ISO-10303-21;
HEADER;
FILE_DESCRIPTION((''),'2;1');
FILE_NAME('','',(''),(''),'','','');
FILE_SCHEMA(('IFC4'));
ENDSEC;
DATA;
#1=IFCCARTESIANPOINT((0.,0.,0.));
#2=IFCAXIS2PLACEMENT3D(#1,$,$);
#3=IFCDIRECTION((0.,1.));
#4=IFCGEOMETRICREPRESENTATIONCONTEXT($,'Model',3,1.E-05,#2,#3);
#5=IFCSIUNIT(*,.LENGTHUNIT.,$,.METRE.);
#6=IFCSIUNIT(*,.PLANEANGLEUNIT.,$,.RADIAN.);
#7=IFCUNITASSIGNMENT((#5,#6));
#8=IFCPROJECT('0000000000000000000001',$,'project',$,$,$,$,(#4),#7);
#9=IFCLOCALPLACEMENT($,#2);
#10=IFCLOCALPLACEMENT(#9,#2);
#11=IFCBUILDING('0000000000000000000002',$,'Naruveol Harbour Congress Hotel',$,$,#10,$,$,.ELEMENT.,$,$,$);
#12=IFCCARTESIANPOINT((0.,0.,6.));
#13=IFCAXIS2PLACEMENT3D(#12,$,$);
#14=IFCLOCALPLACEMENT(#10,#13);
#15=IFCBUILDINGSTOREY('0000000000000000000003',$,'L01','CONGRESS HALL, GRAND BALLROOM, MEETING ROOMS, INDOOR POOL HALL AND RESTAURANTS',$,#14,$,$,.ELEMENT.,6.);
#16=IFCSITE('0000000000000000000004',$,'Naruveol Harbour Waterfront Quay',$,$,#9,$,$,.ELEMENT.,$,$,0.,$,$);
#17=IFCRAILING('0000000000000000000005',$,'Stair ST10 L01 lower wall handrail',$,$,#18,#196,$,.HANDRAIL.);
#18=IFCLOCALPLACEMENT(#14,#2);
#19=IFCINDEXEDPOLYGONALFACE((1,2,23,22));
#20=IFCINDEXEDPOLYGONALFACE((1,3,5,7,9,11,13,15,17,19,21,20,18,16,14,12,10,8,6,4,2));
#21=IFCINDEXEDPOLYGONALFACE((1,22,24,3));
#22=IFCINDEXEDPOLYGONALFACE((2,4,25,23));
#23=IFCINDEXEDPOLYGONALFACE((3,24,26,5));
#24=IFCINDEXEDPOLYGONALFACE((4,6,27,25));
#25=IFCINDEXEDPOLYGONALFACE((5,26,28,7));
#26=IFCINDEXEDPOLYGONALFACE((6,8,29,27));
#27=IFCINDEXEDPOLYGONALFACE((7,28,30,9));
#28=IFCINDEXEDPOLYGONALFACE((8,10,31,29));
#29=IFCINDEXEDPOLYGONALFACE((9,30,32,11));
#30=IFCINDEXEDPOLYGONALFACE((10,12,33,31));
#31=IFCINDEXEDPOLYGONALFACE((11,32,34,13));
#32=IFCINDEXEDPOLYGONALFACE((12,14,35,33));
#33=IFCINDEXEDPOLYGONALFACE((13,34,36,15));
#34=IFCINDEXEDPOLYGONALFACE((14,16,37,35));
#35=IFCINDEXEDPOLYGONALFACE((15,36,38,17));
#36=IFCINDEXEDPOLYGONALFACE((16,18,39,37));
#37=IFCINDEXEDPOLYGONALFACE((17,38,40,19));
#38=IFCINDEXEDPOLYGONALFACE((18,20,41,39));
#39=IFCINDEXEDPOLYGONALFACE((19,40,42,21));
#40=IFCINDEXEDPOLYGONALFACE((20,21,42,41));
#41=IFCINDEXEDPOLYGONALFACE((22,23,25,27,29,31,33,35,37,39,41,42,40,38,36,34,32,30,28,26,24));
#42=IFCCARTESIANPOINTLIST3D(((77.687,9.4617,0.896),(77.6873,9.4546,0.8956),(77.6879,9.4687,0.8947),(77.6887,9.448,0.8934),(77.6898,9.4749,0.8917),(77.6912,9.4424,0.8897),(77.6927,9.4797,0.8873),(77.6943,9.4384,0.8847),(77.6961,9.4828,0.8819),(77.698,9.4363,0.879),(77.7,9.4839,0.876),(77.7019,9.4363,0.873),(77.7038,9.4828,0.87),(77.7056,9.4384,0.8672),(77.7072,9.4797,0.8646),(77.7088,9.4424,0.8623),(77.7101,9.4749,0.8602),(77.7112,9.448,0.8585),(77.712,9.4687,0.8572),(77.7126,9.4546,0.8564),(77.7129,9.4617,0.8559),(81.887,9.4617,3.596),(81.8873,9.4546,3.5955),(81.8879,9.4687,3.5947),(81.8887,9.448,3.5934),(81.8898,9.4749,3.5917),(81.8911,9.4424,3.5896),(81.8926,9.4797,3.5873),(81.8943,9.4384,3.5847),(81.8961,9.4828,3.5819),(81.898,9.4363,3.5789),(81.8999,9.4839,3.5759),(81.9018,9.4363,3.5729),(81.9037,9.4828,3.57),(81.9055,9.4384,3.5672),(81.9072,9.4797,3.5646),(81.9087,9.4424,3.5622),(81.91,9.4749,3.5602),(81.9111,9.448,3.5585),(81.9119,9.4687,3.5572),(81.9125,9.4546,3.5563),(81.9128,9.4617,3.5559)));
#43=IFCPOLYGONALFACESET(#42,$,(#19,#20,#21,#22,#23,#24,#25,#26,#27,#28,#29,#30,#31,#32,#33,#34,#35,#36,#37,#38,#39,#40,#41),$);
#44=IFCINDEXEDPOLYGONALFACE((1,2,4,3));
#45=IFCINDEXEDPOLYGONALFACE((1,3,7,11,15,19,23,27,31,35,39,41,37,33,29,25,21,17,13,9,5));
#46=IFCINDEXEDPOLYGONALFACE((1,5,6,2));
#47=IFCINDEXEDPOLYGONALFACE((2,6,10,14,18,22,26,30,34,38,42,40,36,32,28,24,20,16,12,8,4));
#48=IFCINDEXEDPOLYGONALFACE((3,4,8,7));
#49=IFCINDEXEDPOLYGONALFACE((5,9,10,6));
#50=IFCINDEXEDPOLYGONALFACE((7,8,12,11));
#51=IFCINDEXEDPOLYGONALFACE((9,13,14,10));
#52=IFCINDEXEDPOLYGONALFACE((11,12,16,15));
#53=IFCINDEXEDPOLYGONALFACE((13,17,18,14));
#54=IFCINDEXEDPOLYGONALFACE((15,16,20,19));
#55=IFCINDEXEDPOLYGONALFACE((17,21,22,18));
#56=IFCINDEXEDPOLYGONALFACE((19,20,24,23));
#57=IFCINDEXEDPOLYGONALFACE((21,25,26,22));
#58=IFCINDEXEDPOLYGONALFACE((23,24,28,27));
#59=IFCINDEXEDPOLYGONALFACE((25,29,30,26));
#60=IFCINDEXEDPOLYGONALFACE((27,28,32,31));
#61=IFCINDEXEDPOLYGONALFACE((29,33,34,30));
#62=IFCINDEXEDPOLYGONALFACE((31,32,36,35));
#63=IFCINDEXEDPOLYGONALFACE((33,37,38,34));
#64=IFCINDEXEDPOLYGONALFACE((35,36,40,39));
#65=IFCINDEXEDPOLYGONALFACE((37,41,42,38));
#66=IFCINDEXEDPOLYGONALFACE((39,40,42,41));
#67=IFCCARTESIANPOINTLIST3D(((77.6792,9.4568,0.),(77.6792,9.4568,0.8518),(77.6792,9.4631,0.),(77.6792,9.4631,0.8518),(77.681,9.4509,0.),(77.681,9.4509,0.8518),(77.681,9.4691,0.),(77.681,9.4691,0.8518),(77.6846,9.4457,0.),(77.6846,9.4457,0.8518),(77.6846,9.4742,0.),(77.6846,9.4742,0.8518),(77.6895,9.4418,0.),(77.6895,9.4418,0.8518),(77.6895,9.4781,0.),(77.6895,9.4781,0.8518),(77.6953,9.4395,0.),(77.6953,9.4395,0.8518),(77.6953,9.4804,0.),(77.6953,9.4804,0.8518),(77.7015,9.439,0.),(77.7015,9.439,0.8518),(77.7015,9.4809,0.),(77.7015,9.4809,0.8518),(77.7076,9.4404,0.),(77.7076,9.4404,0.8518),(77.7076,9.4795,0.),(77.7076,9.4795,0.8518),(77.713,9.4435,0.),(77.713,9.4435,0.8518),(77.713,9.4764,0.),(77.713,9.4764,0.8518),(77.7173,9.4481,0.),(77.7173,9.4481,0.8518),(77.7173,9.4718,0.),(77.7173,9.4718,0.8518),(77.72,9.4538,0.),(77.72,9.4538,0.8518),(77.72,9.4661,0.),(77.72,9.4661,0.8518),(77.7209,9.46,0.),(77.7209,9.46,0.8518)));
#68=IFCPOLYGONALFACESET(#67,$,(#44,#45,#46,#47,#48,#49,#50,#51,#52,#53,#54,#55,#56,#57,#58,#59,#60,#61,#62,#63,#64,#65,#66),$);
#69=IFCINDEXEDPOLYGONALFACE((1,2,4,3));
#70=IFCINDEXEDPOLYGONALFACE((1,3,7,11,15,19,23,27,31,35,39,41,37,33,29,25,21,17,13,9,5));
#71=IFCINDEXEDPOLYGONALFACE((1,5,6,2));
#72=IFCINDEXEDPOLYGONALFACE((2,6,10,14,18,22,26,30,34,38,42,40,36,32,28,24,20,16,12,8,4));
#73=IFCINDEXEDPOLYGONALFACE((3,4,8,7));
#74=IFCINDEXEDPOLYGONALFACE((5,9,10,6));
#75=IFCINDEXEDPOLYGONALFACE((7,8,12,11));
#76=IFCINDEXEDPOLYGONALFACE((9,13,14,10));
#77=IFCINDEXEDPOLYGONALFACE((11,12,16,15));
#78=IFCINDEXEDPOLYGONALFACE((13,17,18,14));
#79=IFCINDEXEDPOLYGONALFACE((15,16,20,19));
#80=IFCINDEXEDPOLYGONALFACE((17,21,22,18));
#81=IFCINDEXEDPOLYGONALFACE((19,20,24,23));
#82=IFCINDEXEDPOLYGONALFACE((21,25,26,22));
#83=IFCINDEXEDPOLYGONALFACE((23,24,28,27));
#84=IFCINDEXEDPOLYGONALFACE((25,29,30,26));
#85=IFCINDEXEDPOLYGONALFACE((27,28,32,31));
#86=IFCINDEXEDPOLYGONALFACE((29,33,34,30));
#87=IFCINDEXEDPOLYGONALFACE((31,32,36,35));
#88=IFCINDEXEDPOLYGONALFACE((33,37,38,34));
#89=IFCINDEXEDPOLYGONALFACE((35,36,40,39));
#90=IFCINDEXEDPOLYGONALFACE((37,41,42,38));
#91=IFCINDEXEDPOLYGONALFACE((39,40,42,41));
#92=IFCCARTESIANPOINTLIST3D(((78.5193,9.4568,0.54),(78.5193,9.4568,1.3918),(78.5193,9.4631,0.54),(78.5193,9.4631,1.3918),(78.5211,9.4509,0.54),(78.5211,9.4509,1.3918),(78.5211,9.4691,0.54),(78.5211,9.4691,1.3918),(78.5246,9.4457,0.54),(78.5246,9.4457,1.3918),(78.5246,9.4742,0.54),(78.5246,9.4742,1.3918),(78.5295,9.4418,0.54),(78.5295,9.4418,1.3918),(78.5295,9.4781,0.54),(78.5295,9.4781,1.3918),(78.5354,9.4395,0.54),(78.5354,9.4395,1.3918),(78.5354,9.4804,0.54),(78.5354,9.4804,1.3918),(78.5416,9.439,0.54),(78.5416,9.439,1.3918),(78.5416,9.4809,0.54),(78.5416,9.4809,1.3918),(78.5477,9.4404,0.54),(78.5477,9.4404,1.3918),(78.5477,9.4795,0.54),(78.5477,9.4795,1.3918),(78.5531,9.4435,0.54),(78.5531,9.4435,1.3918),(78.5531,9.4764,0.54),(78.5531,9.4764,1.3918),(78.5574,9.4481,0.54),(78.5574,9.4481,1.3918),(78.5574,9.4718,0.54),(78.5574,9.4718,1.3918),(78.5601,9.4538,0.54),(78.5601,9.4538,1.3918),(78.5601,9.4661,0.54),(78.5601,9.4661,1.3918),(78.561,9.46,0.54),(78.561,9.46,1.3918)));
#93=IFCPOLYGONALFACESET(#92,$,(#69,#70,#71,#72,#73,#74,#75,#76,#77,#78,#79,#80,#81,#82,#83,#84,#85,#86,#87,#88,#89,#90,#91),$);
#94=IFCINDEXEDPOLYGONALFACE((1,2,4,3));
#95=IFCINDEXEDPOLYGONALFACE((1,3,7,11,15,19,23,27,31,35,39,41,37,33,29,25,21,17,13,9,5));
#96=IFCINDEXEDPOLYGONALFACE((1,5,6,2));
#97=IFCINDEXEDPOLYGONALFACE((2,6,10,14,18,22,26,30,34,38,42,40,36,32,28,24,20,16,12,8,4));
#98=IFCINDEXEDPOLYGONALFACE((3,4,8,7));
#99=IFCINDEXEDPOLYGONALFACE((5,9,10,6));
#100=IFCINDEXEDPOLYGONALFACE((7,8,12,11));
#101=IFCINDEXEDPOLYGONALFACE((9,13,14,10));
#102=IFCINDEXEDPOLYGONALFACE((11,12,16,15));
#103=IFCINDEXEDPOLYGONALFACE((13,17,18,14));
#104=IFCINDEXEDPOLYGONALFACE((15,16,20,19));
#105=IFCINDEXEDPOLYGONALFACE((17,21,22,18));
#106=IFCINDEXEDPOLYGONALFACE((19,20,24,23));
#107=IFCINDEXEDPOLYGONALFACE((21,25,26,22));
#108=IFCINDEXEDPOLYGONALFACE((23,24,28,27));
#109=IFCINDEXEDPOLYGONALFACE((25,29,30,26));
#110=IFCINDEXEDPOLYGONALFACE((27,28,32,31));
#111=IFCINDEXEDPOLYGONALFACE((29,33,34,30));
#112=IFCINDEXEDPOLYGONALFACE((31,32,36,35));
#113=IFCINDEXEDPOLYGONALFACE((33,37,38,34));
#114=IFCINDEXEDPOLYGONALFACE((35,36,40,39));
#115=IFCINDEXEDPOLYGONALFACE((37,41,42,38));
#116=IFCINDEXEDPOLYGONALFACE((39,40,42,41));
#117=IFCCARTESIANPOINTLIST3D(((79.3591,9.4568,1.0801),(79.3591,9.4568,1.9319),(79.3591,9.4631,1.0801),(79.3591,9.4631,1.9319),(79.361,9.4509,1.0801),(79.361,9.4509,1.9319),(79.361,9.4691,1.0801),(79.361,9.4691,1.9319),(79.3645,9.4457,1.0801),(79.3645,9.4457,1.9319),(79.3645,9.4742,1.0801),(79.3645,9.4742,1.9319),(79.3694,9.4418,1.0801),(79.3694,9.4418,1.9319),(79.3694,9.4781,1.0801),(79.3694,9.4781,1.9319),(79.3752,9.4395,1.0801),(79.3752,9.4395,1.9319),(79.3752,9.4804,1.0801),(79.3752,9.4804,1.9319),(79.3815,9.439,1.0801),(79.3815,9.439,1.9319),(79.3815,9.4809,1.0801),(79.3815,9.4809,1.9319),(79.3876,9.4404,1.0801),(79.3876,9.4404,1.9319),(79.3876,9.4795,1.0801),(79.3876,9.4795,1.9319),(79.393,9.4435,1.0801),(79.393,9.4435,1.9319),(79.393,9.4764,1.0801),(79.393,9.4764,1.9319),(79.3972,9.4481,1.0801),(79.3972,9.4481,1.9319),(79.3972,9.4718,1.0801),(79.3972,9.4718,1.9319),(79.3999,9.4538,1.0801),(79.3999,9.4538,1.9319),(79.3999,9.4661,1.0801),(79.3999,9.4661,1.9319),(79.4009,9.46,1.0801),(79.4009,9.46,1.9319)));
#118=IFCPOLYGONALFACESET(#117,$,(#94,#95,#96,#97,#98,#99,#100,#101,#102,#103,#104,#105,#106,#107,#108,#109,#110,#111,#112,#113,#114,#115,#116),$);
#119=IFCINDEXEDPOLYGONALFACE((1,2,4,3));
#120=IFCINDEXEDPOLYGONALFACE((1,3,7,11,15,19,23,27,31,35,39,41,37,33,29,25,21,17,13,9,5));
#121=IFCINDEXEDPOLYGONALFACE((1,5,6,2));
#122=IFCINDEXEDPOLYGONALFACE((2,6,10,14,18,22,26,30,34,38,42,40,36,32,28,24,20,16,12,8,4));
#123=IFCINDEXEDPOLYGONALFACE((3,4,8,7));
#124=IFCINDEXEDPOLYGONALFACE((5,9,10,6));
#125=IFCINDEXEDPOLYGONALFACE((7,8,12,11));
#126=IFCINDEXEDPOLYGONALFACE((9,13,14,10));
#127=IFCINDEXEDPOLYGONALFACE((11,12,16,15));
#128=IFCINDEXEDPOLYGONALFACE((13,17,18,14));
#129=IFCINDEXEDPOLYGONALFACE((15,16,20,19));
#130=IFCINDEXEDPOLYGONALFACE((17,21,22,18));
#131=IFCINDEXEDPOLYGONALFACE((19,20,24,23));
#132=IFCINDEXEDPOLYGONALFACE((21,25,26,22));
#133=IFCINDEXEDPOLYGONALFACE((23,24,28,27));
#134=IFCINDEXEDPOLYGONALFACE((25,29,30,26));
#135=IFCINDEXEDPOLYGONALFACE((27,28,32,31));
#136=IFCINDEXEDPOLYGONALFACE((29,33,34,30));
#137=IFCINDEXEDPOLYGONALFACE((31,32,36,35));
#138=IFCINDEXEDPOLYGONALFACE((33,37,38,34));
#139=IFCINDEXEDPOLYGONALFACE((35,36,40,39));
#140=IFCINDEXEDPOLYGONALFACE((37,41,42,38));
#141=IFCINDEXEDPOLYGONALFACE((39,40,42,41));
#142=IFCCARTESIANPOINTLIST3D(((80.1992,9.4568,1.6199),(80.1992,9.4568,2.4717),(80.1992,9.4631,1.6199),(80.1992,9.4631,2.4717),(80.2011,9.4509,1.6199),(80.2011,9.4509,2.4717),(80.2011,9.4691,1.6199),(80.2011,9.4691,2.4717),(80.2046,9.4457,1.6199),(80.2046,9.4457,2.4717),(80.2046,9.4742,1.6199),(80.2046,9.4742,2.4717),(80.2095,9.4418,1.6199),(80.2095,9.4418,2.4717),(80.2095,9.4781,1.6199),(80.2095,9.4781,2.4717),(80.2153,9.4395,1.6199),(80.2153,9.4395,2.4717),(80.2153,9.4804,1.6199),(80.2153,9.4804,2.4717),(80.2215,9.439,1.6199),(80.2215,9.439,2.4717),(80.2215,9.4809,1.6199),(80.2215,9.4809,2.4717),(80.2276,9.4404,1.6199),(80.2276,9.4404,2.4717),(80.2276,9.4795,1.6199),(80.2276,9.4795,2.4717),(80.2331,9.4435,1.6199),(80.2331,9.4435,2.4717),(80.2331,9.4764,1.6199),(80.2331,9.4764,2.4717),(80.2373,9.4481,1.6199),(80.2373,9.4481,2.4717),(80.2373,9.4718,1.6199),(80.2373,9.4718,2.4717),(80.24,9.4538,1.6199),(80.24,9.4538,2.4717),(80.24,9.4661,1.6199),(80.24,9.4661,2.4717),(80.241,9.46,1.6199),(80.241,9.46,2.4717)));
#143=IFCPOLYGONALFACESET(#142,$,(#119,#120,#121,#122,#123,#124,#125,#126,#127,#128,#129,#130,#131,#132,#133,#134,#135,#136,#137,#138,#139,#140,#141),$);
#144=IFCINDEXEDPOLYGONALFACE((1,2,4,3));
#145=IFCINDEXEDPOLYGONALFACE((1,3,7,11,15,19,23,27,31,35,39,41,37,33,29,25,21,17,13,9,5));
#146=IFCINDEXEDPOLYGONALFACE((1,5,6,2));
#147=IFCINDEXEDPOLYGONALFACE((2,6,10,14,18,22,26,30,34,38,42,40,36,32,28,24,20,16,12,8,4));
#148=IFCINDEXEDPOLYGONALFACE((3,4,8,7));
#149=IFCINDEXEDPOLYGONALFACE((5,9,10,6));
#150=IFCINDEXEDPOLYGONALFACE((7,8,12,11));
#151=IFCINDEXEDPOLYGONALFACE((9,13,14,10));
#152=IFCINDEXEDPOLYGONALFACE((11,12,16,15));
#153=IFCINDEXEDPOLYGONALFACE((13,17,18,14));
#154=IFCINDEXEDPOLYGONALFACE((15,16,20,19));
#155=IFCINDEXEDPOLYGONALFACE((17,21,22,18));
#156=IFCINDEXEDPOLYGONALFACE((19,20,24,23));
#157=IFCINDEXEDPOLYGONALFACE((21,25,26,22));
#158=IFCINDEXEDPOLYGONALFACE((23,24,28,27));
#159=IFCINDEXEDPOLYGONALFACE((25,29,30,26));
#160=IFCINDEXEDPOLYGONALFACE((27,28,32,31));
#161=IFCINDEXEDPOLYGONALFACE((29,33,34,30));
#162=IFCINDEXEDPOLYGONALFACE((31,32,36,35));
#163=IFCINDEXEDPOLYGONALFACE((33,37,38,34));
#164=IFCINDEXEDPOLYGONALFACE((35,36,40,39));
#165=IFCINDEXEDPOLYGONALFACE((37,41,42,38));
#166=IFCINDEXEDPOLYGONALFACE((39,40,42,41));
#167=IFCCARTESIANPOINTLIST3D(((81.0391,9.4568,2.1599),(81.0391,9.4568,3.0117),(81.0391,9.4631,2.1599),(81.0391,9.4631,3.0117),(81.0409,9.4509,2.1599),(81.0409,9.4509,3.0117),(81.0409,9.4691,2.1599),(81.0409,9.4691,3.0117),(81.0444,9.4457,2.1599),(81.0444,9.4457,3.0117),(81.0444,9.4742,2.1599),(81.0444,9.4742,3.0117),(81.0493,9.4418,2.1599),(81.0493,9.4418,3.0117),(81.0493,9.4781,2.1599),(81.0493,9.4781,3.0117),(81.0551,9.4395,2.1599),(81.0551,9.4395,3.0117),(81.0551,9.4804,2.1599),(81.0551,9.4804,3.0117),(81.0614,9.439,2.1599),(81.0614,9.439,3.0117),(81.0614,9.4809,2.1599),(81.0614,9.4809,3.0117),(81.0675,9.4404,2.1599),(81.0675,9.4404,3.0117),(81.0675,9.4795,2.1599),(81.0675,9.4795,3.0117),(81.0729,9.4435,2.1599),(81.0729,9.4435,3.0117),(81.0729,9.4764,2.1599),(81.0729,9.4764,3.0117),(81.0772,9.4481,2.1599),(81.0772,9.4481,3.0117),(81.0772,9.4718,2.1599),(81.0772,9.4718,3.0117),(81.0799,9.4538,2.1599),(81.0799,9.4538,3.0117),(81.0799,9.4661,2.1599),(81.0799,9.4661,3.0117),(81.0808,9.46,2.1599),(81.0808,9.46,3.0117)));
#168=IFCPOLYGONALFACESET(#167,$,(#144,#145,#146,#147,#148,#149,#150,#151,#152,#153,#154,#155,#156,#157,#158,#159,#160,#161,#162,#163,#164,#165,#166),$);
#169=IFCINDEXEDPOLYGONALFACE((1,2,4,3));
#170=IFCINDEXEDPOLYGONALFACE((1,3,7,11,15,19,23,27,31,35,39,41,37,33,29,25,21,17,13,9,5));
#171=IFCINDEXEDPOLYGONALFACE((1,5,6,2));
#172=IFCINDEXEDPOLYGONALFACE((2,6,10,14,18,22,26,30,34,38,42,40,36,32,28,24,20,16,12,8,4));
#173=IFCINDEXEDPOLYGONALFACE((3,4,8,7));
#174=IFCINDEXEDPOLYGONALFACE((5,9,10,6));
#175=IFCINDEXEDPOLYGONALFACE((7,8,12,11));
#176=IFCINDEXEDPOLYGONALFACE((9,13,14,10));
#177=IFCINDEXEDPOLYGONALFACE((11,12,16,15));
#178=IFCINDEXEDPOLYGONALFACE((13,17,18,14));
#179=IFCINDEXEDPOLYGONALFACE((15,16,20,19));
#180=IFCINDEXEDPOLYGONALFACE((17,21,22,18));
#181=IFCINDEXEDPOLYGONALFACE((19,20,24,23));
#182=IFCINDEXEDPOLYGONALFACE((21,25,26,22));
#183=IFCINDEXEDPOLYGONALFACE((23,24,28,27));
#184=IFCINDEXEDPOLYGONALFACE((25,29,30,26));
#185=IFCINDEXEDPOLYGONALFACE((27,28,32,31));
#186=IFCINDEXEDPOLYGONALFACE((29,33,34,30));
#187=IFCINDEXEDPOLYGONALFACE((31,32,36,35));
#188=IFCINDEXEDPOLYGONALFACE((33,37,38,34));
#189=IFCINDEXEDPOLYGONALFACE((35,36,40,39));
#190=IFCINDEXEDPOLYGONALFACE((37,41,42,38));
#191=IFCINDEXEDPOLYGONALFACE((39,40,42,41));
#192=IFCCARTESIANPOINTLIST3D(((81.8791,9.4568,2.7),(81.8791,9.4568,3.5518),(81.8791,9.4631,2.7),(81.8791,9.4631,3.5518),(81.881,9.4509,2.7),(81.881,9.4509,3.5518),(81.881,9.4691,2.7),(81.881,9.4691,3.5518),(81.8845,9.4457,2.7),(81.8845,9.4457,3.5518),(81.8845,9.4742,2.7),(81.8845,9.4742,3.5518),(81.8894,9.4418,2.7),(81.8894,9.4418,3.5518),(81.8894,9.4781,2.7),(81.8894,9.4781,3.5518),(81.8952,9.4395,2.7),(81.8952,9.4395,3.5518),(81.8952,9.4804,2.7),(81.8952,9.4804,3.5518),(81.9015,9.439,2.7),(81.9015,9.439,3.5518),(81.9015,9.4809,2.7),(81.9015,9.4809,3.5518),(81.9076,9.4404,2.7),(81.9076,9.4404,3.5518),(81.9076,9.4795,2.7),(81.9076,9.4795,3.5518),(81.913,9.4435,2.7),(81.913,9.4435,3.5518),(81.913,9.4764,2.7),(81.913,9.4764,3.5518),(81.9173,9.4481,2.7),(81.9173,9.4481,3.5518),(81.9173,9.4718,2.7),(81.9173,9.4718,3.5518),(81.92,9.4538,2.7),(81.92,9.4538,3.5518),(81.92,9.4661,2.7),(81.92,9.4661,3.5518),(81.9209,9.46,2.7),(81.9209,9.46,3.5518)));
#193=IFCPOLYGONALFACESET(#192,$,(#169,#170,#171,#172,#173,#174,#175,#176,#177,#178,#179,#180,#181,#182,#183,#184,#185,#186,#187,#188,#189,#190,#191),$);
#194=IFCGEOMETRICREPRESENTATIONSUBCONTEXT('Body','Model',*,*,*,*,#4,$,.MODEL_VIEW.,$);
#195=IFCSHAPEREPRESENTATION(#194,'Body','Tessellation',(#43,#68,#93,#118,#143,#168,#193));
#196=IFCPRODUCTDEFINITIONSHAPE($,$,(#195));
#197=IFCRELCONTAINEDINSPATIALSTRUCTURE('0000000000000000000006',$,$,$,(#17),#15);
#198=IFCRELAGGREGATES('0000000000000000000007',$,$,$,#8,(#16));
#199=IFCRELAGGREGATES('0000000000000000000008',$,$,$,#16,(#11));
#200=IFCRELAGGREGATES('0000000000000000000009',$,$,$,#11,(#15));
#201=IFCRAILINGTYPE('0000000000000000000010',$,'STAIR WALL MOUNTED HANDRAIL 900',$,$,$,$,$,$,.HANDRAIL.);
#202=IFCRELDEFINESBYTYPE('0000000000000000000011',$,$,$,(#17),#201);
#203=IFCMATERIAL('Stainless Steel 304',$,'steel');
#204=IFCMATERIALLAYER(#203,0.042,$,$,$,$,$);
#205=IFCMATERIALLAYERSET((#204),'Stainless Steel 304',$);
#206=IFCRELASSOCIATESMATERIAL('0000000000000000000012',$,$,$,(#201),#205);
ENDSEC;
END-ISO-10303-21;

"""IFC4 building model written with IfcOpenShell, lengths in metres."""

from ifc_helpers import new_model, si_unit, direction, frame, origin, origin_2d, place, context, subcontext, project, spatial, circle, extrude, material, layer, layer_set, type_object, element, save


model = new_model("IFC4")

# Units and contexts
model_context = context("Model", 3, precision=1e-05, world=origin(), true_north=direction((0.0, 1.0)))
body_context = subcontext(model_context, "Body", "Model", "MODEL_VIEW")
ifc_project = project(units=[si_unit("LENGTHUNIT", "METRE"), si_unit("PLANEANGLEUNIT", "RADIAN")], contexts=[model_context])

# Site, building, storey
site_placement = place(None, origin())
site = spatial("IfcSite", under=ifc_project, at=site_placement, Name="Naruveol Harbour Waterfront Quay", CompositionType="ELEMENT", RefElevation=0.0)
building_placement = place(site_placement, origin())
building = spatial("IfcBuilding", under=site, at=building_placement, Name="Naruveol Harbour Congress Hotel", CompositionType="ELEMENT")
storey_placement = place(building_placement, frame((0.0, 0.0, 6.0)))
storey = spatial("IfcBuildingStorey", under=building, at=storey_placement, Name="L01", Description="CONGRESS HALL, GRAND BALLROOM, MEETING ROOMS, INDOOR POOL HALL AND RESTAURANTS", CompositionType="ELEMENT", Elevation=6.0)

# Railing
ifc_material_1 = material(Name="Stainless Steel 304", Category="steel")
ifc_layer_1 = layer(ifc_material_1, 0.042)
ifc_layer_set_1 = layer_set([ifc_layer_1], Name="Stainless Steel 304")
railing_type_1 = type_object("IfcRailingType", Name="STAIR WALL MOUNTED HANDRAIL 900", PredefinedType="HANDRAIL", material=ifc_layer_set_1)
railing_1_placement = place(storey_placement, frame((77.7, 9.46, 0.0)))
element("IfcRailing", 1, at=railing_1_placement, inside=storey, type_object=railing_type_1, Name="Stair ST10 L01 lower wall handrail", PredefinedType="HANDRAIL", context=body_context, shape_type="SweptSolid", body=[
    extrude(circle(Radius=0.0239, at=origin_2d()), frame((0.0, 0.0, 0.876), z_axis=(0.84118, 0.0, 0.540755), x_axis=(0.0, 1.0, 0.0)), (0.0, 0.0, 1.0), 4.9929),
    extrude(circle(Radius=0.021, at=origin_2d()), origin(), (0.0, 0.0, 1.0), 0.8518),
    extrude(circle(Radius=0.021, at=origin_2d()), frame((0.8401, 0.0, 0.54)), (0.0, 0.0, 1.0), 0.8518),
    extrude(circle(Radius=0.021, at=origin_2d()), frame((1.6799, 0.0, 1.0801)), (0.0, 0.0, 1.0), 0.8518),
    extrude(circle(Radius=0.021, at=origin_2d()), frame((2.52, 0.0, 1.6199)), (0.0, 0.0, 1.0), 0.8518),
    extrude(circle(Radius=0.021, at=origin_2d()), frame((3.3599, 0.0, 2.1599)), (0.0, 0.0, 1.0), 0.8518),
    extrude(circle(Radius=0.021, at=origin_2d()), frame((4.2, 0.0, 2.7)), (0.0, 0.0, 1.0), 0.8518),
])

save(model, "model.ifc")
